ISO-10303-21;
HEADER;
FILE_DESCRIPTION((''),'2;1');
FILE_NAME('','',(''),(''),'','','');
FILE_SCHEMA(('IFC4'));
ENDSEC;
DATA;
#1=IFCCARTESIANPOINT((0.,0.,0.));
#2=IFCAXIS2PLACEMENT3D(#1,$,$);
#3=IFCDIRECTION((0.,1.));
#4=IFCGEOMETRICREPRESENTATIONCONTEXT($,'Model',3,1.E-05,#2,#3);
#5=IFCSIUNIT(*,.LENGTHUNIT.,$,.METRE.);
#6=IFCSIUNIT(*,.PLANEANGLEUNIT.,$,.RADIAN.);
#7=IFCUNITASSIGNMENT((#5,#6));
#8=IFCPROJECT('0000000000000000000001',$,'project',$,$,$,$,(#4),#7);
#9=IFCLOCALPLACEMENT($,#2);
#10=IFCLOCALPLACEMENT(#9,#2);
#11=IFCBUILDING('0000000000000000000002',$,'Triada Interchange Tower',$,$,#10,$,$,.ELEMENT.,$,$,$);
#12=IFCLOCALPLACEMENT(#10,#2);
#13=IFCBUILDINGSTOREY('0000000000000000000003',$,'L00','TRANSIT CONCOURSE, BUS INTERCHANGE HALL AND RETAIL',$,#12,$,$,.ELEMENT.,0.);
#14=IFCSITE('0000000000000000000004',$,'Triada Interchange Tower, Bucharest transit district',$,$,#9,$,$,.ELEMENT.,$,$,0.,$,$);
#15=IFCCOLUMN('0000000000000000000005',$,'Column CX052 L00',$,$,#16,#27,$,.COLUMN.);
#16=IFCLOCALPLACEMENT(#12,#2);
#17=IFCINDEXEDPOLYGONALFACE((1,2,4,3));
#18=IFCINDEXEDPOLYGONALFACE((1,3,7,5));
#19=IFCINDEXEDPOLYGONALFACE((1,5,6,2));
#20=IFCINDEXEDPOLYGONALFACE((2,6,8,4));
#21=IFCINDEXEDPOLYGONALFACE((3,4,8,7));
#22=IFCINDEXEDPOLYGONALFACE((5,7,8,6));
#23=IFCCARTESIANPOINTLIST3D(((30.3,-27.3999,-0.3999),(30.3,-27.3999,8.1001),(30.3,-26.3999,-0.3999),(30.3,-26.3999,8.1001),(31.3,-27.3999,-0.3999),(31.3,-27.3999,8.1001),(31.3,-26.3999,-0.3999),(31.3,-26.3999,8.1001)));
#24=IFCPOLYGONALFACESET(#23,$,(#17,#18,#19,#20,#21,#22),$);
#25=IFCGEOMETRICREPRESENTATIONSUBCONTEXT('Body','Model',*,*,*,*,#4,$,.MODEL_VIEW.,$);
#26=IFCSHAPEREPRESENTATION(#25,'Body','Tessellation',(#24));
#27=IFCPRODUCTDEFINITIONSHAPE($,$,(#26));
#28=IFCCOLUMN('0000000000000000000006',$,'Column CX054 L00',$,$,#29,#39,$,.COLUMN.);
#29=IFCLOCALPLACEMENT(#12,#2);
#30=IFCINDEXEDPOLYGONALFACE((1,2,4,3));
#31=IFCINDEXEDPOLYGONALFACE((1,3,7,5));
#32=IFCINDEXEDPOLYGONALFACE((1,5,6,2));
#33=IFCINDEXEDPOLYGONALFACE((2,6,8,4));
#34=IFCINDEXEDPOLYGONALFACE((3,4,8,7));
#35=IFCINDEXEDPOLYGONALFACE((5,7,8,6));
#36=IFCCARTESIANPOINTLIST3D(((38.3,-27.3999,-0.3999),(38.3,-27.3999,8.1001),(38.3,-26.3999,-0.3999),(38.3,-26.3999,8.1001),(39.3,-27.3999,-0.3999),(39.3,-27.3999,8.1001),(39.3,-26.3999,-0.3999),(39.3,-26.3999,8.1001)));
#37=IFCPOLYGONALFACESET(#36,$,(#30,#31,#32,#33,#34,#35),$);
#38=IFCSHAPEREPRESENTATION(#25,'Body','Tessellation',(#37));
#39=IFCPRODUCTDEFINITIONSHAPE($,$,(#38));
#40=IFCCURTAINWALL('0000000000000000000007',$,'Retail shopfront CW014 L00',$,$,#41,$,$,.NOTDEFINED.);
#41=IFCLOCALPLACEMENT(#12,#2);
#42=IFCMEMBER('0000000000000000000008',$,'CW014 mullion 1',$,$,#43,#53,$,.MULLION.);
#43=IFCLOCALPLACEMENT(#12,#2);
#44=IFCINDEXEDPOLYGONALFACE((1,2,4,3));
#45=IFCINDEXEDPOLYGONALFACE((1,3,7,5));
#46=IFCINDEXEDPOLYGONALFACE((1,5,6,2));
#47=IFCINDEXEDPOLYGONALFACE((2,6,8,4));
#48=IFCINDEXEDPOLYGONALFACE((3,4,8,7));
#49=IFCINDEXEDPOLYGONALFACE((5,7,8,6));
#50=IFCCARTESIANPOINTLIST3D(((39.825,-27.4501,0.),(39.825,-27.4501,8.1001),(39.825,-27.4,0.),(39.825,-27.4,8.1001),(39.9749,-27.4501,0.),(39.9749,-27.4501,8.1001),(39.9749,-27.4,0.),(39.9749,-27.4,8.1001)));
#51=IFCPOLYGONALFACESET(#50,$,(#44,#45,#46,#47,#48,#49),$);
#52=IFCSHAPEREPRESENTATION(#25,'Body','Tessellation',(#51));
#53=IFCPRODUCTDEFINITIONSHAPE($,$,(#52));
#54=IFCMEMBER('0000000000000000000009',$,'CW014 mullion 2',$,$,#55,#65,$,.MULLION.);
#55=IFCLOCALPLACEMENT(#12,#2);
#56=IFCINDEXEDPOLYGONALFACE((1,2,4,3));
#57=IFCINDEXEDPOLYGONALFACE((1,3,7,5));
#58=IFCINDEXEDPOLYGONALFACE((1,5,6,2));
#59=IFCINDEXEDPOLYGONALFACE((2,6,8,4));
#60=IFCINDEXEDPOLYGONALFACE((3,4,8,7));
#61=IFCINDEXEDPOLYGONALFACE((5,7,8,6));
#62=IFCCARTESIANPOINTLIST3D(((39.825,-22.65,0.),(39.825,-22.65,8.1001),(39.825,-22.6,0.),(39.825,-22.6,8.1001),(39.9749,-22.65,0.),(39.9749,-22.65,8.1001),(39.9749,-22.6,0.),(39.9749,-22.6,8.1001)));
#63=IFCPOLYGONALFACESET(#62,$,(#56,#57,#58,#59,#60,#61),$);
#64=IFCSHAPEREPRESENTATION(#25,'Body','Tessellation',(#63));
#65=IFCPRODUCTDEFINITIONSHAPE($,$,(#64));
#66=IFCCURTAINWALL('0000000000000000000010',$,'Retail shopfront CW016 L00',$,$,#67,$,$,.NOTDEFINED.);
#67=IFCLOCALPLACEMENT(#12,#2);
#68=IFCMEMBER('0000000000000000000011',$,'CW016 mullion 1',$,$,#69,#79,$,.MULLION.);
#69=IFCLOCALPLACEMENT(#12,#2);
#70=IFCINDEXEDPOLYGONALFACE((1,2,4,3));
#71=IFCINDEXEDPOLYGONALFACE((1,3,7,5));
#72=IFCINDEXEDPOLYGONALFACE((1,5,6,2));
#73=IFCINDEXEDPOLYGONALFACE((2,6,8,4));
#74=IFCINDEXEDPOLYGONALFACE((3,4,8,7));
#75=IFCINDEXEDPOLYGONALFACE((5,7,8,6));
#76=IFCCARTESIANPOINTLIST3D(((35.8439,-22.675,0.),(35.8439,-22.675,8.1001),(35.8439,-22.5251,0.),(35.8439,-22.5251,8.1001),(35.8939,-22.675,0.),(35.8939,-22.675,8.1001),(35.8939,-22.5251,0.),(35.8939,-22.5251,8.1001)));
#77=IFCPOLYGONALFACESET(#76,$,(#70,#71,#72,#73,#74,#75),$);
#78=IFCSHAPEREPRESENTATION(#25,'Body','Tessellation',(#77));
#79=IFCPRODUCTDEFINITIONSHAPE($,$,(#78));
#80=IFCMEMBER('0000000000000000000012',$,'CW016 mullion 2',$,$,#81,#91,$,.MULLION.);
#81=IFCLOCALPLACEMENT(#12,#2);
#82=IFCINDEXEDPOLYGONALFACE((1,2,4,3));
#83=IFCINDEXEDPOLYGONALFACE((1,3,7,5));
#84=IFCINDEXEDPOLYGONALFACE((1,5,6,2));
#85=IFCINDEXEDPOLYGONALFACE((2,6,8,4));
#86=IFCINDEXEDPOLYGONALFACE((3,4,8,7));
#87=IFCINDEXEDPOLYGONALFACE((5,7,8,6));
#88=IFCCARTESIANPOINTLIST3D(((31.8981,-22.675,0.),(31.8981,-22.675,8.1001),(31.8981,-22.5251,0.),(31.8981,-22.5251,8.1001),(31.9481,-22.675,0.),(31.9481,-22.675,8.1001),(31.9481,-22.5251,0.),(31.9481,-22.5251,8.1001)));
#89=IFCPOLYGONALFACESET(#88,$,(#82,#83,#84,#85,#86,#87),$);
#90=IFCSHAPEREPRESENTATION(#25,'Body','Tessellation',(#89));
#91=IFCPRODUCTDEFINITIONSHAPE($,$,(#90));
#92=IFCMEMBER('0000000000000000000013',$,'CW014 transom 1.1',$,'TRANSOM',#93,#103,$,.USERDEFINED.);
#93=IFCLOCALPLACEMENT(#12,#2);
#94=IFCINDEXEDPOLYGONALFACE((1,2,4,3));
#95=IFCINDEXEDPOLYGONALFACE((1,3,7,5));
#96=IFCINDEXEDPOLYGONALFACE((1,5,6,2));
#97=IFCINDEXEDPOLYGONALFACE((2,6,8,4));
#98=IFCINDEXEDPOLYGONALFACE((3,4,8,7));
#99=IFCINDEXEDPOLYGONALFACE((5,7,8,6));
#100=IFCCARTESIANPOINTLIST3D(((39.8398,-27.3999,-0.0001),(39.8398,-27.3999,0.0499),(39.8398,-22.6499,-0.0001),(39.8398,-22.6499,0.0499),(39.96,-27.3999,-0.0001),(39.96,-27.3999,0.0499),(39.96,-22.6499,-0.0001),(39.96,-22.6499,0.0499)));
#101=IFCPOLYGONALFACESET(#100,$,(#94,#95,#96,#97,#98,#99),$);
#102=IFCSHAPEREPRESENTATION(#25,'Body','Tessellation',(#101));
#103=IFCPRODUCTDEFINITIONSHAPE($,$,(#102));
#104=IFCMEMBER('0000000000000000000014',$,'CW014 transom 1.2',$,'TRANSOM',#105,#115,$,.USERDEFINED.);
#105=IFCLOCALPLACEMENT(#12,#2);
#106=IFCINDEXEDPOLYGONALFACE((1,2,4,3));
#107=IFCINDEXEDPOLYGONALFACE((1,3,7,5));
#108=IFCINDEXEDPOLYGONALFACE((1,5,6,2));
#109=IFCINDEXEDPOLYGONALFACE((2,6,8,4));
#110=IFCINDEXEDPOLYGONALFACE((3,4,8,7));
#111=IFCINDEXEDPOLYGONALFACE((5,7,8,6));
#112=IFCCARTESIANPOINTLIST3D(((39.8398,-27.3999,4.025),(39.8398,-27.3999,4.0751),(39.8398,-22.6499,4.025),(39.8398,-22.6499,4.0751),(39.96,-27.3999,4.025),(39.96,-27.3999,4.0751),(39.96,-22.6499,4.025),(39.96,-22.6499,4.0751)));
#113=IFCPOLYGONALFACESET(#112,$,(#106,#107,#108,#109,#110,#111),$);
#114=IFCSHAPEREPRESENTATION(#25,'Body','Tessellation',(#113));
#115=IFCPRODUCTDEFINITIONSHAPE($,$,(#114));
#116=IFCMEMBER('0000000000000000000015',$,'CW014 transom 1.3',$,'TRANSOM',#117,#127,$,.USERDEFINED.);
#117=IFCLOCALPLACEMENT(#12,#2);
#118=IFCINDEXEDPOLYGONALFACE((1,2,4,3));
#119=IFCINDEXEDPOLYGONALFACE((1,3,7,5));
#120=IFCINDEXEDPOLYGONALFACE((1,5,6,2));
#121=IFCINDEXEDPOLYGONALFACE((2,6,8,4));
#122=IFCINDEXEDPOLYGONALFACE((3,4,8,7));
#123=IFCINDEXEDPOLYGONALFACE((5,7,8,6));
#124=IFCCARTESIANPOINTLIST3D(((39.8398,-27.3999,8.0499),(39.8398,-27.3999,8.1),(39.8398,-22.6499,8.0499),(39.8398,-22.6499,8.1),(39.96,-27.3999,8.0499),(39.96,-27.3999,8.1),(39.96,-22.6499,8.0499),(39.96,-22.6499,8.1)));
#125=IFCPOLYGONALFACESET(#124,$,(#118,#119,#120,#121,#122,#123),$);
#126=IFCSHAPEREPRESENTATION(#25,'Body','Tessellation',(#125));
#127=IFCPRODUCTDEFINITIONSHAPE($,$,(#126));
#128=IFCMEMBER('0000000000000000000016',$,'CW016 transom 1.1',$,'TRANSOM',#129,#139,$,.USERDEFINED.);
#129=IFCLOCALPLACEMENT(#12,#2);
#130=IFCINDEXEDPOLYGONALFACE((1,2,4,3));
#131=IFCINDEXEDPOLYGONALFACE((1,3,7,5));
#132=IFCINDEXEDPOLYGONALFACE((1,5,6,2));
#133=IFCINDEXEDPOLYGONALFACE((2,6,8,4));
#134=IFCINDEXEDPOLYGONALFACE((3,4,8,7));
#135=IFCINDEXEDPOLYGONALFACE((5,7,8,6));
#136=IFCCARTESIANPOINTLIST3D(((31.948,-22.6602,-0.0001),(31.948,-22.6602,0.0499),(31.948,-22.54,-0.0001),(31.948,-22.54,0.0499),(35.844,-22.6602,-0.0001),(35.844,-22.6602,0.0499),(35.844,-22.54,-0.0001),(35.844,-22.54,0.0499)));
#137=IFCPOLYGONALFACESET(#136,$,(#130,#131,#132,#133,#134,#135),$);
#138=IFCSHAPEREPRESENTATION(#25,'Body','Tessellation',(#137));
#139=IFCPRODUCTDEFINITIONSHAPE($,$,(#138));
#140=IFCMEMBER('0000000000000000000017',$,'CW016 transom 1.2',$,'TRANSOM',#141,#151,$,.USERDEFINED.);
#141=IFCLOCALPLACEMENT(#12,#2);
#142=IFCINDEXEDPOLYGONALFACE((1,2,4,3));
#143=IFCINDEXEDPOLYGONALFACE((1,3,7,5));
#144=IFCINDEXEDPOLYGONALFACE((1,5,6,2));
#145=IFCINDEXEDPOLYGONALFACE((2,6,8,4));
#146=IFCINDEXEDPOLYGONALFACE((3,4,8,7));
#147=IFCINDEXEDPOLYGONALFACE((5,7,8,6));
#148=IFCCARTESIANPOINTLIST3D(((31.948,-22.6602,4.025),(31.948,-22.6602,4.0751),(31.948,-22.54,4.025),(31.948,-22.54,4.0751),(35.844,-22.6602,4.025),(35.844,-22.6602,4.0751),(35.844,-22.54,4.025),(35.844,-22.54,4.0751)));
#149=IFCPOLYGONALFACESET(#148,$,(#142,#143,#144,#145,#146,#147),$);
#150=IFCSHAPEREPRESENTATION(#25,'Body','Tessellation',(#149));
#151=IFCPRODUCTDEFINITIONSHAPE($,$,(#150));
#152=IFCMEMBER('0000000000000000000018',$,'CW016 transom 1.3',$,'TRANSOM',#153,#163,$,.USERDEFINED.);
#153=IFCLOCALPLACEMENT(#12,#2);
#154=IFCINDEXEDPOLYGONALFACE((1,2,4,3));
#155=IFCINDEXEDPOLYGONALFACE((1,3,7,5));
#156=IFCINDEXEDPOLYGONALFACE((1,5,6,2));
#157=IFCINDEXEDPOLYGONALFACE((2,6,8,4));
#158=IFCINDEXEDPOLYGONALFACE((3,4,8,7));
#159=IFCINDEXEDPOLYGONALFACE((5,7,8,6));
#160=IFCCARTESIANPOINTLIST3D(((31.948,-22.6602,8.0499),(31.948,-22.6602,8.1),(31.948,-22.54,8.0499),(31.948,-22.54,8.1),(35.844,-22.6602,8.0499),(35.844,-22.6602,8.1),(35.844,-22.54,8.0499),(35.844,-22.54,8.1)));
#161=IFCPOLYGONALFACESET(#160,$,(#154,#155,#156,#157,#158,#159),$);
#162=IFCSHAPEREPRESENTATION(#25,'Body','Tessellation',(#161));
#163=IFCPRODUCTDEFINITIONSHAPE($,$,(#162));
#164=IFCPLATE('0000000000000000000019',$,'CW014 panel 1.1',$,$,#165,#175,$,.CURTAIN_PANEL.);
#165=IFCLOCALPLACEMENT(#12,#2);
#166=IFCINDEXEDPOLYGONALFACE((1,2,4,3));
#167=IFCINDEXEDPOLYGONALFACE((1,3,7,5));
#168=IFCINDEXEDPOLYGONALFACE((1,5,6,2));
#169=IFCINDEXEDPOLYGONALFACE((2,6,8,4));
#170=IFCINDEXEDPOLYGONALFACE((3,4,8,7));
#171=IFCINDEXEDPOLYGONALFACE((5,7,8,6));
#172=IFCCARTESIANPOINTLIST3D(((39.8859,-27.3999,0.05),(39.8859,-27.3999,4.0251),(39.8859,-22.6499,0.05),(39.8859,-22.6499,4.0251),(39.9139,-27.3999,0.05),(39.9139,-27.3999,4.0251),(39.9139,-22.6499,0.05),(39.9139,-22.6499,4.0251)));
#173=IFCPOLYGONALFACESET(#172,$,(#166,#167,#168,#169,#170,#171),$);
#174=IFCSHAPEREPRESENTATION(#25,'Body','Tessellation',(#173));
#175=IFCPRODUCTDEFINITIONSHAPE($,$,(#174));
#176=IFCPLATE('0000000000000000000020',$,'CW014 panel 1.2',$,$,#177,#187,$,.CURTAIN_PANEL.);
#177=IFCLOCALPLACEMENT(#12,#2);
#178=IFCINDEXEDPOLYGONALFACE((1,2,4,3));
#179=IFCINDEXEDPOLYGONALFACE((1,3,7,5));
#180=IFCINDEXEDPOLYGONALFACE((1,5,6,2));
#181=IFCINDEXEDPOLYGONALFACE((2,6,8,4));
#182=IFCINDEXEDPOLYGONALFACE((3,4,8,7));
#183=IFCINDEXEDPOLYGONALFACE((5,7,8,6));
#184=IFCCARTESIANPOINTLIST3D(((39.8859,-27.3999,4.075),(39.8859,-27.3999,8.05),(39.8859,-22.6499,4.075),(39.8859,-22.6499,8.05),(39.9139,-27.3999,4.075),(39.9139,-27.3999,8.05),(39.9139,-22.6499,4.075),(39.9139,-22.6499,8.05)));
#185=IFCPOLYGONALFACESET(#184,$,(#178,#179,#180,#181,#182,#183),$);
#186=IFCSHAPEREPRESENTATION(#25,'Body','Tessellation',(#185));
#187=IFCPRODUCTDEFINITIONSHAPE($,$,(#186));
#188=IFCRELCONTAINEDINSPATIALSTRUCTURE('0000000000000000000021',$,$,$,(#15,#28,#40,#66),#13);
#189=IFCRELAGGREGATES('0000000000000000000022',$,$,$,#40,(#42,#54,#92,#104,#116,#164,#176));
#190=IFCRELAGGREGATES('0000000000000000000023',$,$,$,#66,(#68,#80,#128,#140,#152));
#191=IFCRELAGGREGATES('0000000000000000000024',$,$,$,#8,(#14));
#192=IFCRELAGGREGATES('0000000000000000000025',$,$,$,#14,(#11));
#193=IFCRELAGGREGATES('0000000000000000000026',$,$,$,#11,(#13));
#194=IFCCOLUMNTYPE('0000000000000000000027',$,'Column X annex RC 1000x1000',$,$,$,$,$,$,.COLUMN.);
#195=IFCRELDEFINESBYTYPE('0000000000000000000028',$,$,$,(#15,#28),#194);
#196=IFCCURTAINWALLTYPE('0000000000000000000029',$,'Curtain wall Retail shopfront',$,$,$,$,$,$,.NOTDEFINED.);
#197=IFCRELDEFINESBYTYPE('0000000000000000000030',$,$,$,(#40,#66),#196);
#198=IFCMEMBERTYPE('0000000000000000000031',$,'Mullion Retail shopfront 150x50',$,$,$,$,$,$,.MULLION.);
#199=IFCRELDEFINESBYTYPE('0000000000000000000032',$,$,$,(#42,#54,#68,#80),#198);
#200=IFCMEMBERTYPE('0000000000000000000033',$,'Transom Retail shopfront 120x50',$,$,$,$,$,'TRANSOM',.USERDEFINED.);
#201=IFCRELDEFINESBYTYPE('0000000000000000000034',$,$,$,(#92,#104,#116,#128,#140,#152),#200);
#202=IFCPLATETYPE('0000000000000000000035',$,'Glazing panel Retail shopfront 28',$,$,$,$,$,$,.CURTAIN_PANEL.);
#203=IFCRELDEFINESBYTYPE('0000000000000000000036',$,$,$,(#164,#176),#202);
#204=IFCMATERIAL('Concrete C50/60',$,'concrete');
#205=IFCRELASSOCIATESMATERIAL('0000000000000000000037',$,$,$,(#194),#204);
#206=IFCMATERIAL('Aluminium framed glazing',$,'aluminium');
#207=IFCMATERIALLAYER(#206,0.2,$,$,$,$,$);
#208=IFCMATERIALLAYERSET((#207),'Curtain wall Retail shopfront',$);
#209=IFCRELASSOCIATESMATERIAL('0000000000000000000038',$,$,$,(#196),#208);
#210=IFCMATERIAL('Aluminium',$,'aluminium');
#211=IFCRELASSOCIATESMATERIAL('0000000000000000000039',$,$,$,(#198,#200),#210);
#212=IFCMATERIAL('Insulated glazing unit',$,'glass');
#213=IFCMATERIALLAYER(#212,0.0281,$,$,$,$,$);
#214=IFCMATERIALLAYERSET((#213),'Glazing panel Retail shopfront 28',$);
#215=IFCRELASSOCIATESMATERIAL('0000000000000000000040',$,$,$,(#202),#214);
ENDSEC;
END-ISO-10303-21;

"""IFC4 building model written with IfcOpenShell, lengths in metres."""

from ifc_helpers import new_model, si_unit, direction, frame, origin, origin_2d, place, context, subcontext, project, spatial, rectangle, extrude, material, layer, layer_set, material_profile, profile_set, type_object, element, aggregate, save


model = new_model("IFC4")

# Units and contexts
model_context = context("Model", 3, precision=1e-05, world=origin(), true_north=direction((0.0, 1.0)))
body_context = subcontext(model_context, "Body", "Model", "MODEL_VIEW")
ifc_project = project(units=[si_unit("LENGTHUNIT", "METRE"), si_unit("PLANEANGLEUNIT", "RADIAN")], contexts=[model_context])

# Site, building, storey
site_placement = place(None, origin())
site = spatial("IfcSite", under=ifc_project, at=site_placement, Name="Triada Interchange Tower, Bucharest transit district", CompositionType="ELEMENT", RefElevation=0.0)
building_placement = place(site_placement, origin())
building = spatial("IfcBuilding", under=site, at=building_placement, Name="Triada Interchange Tower", CompositionType="ELEMENT")
storey_placement = place(building_placement, origin())
storey = spatial("IfcBuildingStorey", under=building, at=storey_placement, Name="L00", Description="TRANSIT CONCOURSE, BUS INTERCHANGE HALL AND RETAIL", CompositionType="ELEMENT", Elevation=0.0)

# Columns
ifc_material_1 = material(Name="Concrete C50/60", Category="concrete")
ifc_material_profile_1 = material_profile(ifc_material_1, rectangle(XDim=1.0, YDim=1.0, at=origin_2d()), Name="RC 1000x1000")
ifc_profile_set_1 = profile_set([ifc_material_profile_1], Name="Concrete C50/60")
column_type = type_object("IfcColumnType", Name="Column X annex RC 1000x1000", PredefinedType="COLUMN", material=ifc_profile_set_1)
for number, where, z_axis, x_axis, name in (
    (1, (30.8, -26.8999, -0.3999), (0.0, 0.0, 1.0), (1.0, 0.0, 0.0), "Column CX052 L00"),
    (2, (38.8, -26.8999, -0.3999), (0.0, 0.0, 1.0), (1.0, 0.0, 0.0), "Column CX054 L00"),
):
    element("IfcColumn", number, at=place(storey_placement, frame(where, z_axis=z_axis, x_axis=x_axis)), inside=storey, type_object=column_type, Name=name, PredefinedType="COLUMN", context=body_context, shape_type="SweptSolid", body=[
        extrude(rectangle(XDim=1.0, YDim=1.0, at=origin_2d()), origin(), (0.0, 0.0, 1.0), 8.5),
    ])

# Curtain walls, members
ifc_material_2 = material(Name="Aluminium framed glazing", Category="aluminium")
ifc_layer_1 = layer(ifc_material_2, 0.2)
ifc_layer_set_1 = layer_set([ifc_layer_1], Name="Curtain wall Retail shopfront")
curtain_wall_type = type_object("IfcCurtainWallType", Name="Curtain wall Retail shopfront", PredefinedType="NOTDEFINED", material=ifc_layer_set_1)
curtain_wall_1_placement = place(storey_placement, origin())
curtain_wall_1 = element("IfcCurtainWall", 3, at=curtain_wall_1_placement, inside=storey, type_object=curtain_wall_type, Name="Retail shopfront CW014 L00", PredefinedType="NOTDEFINED")
ifc_material_3 = material(Name="Aluminium", Category="aluminium")
ifc_material_profile_2 = material_profile(ifc_material_3, rectangle(XDim=0.1499, YDim=0.05, at=origin_2d()), Name="Aluminium mullion")
ifc_profile_set_2 = profile_set([ifc_material_profile_2], Name="Aluminium")
member_type_1 = type_object("IfcMemberType", Name="Mullion Retail shopfront 150x50", PredefinedType="MULLION", material=ifc_profile_set_2)
member_1_placement = place(storey_placement, frame((39.8999, -27.425, 0.0), z_axis=(0.0, 0.0, 1.0), x_axis=(-1.0, 0.0, 0.0)))
member_1 = element("IfcMember", 4, at=member_1_placement, type_object=member_type_1, Name="CW014 mullion 1", PredefinedType="MULLION", context=body_context, shape_type="SweptSolid", body=[
    extrude(rectangle(XDim=0.1499, YDim=0.05, at=origin_2d()), origin(), (0.0, 0.0, 1.0), 8.1001),
])
member_2_placement = place(storey_placement, frame((39.8999, -22.625, 0.0), z_axis=(0.0, 0.0, 1.0), x_axis=(-1.0, 0.0, 0.0)))
member_2 = element("IfcMember", 5, at=member_2_placement, type_object=member_type_1, Name="CW014 mullion 2", PredefinedType="MULLION", context=body_context, shape_type="SweptSolid", body=[
    extrude(rectangle(XDim=0.1499, YDim=0.05, at=origin_2d()), origin(), (0.0, 0.0, 1.0), 8.1001),
])
curtain_wall_2_placement = place(storey_placement, origin())
curtain_wall_2 = element("IfcCurtainWall", 6, at=curtain_wall_2_placement, inside=storey, type_object=curtain_wall_type, Name="Retail shopfront CW016 L00", PredefinedType="NOTDEFINED")
member_3_placement = place(storey_placement, frame((35.8689, -22.6001, 0.0), z_axis=(0.0, 0.0, 1.0), x_axis=(0.0, -1.0, 0.0)))
member_3 = element("IfcMember", 7, at=member_3_placement, type_object=member_type_1, Name="CW016 mullion 1", PredefinedType="MULLION", context=body_context, shape_type="SweptSolid", body=[
    extrude(rectangle(XDim=0.1499, YDim=0.05, at=origin_2d()), origin(), (0.0, 0.0, 1.0), 8.1001),
])
member_4_placement = place(storey_placement, frame((31.9231, -22.6001, 0.0), z_axis=(0.0, 0.0, 1.0), x_axis=(0.0, -1.0, 0.0)))
member_4 = element("IfcMember", 8, at=member_4_placement, type_object=member_type_1, Name="CW016 mullion 2", PredefinedType="MULLION", context=body_context, shape_type="SweptSolid", body=[
    extrude(rectangle(XDim=0.1499, YDim=0.05, at=origin_2d()), origin(), (0.0, 0.0, 1.0), 8.1001),
])

# Members
ifc_material_profile_3 = material_profile(ifc_material_3, rectangle(XDim=0.1201, YDim=0.05, at=origin_2d()), Name="Aluminium transom")
ifc_profile_set_3 = profile_set([ifc_material_profile_3], Name="Aluminium")
member_type_2 = type_object("IfcMemberType", Name="Transom Retail shopfront 120x50", ElementType="TRANSOM", PredefinedType="USERDEFINED", material=ifc_profile_set_3)
member_5_placement = place(storey_placement, frame((39.8999, -27.3999, 0.0249), z_axis=(0.0, 1.0, 0.0), x_axis=(-1.0, 0.0, 0.0)))
member_5 = element("IfcMember", 9, at=member_5_placement, type_object=member_type_2, Name="CW014 transom 1.1", ObjectType="TRANSOM", PredefinedType="USERDEFINED", context=body_context, shape_type="SweptSolid", body=[
    extrude(rectangle(XDim=0.1201, YDim=0.05, at=origin_2d()), origin(), (0.0, 0.0, 1.0), 4.75),
])
member_6_placement = place(storey_placement, frame((39.8999, -27.3999, 4.05), z_axis=(0.0, 1.0, 0.0), x_axis=(-1.0, 0.0, 0.0)))
member_6 = element("IfcMember", 10, at=member_6_placement, type_object=member_type_2, Name="CW014 transom 1.2", ObjectType="TRANSOM", PredefinedType="USERDEFINED", context=body_context, shape_type="SweptSolid", body=[
    extrude(rectangle(XDim=0.1201, YDim=0.05, at=origin_2d()), origin(), (0.0, 0.0, 1.0), 4.75),
])
member_7_placement = place(storey_placement, frame((39.8999, -27.3999, 8.075), z_axis=(0.0, 1.0, 0.0), x_axis=(-1.0, 0.0, 0.0)))
member_7 = element("IfcMember", 11, at=member_7_placement, type_object=member_type_2, Name="CW014 transom 1.3", ObjectType="TRANSOM", PredefinedType="USERDEFINED", context=body_context, shape_type="SweptSolid", body=[
    extrude(rectangle(XDim=0.1201, YDim=0.05, at=origin_2d()), origin(), (0.0, 0.0, 1.0), 4.75),
])
member_8_placement = place(storey_placement, frame((35.844, -22.6001, 0.0249), z_axis=(-1.0, 0.0, 0.0), x_axis=(0.0, -1.0, 0.0)))
member_8 = element("IfcMember", 12, at=member_8_placement, type_object=member_type_2, Name="CW016 transom 1.1", ObjectType="TRANSOM", PredefinedType="USERDEFINED", context=body_context, shape_type="SweptSolid", body=[
    extrude(rectangle(XDim=0.1201, YDim=0.05, at=origin_2d()), origin(), (0.0, 0.0, 1.0), 3.896),
])
member_9_placement = place(storey_placement, frame((35.844, -22.6001, 4.05), z_axis=(-1.0, 0.0, 0.0), x_axis=(0.0, -1.0, 0.0)))
member_9 = element("IfcMember", 13, at=member_9_placement, type_object=member_type_2, Name="CW016 transom 1.2", ObjectType="TRANSOM", PredefinedType="USERDEFINED", context=body_context, shape_type="SweptSolid", body=[
    extrude(rectangle(XDim=0.1201, YDim=0.05, at=origin_2d()), origin(), (0.0, 0.0, 1.0), 3.896),
])
member_10_placement = place(storey_placement, frame((35.844, -22.6001, 8.075), z_axis=(-1.0, 0.0, 0.0), x_axis=(0.0, -1.0, 0.0)))
member_10 = element("IfcMember", 14, at=member_10_placement, type_object=member_type_2, Name="CW016 transom 1.3", ObjectType="TRANSOM", PredefinedType="USERDEFINED", context=body_context, shape_type="SweptSolid", body=[
    extrude(rectangle(XDim=0.1201, YDim=0.05, at=origin_2d()), origin(), (0.0, 0.0, 1.0), 3.896),
])

# Plates
ifc_material_4 = material(Name="Insulated glazing unit", Category="glass")
ifc_layer_2 = layer(ifc_material_4, 0.0281)
ifc_layer_set_2 = layer_set([ifc_layer_2], Name="Glazing panel Retail shopfront 28")
plate_type = type_object("IfcPlateType", Name="Glazing panel Retail shopfront 28", PredefinedType="CURTAIN_PANEL", material=ifc_layer_set_2)
plate_1_placement = place(storey_placement, frame((39.8999, -25.0249, 0.05), z_axis=(0.0, 0.0, 1.0), x_axis=(0.0, 1.0, 0.0)))
plate_1 = element("IfcPlate", 15, at=plate_1_placement, type_object=plate_type, Name="CW014 panel 1.1", PredefinedType="CURTAIN_PANEL", context=body_context, shape_type="SweptSolid", body=[
    extrude(rectangle(XDim=4.75, YDim=0.0281, at=origin_2d()), origin(), (0.0, 0.0, 1.0), 3.9751),
])
plate_2_placement = place(storey_placement, frame((39.8999, -25.0249, 4.075), z_axis=(0.0, 0.0, 1.0), x_axis=(0.0, 1.0, 0.0)))
plate_2 = element("IfcPlate", 16, at=plate_2_placement, type_object=plate_type, Name="CW014 panel 1.2", PredefinedType="CURTAIN_PANEL", context=body_context, shape_type="SweptSolid", body=[
    extrude(rectangle(XDim=4.75, YDim=0.0281, at=origin_2d()), origin(), (0.0, 0.0, 1.0), 3.9751),
])
aggregate(curtain_wall_1, [member_1, member_2, member_5, member_6, member_7, plate_1, plate_2])
aggregate(curtain_wall_2, [member_3, member_4, member_8, member_9, member_10])

save(model, "model.ifc")
